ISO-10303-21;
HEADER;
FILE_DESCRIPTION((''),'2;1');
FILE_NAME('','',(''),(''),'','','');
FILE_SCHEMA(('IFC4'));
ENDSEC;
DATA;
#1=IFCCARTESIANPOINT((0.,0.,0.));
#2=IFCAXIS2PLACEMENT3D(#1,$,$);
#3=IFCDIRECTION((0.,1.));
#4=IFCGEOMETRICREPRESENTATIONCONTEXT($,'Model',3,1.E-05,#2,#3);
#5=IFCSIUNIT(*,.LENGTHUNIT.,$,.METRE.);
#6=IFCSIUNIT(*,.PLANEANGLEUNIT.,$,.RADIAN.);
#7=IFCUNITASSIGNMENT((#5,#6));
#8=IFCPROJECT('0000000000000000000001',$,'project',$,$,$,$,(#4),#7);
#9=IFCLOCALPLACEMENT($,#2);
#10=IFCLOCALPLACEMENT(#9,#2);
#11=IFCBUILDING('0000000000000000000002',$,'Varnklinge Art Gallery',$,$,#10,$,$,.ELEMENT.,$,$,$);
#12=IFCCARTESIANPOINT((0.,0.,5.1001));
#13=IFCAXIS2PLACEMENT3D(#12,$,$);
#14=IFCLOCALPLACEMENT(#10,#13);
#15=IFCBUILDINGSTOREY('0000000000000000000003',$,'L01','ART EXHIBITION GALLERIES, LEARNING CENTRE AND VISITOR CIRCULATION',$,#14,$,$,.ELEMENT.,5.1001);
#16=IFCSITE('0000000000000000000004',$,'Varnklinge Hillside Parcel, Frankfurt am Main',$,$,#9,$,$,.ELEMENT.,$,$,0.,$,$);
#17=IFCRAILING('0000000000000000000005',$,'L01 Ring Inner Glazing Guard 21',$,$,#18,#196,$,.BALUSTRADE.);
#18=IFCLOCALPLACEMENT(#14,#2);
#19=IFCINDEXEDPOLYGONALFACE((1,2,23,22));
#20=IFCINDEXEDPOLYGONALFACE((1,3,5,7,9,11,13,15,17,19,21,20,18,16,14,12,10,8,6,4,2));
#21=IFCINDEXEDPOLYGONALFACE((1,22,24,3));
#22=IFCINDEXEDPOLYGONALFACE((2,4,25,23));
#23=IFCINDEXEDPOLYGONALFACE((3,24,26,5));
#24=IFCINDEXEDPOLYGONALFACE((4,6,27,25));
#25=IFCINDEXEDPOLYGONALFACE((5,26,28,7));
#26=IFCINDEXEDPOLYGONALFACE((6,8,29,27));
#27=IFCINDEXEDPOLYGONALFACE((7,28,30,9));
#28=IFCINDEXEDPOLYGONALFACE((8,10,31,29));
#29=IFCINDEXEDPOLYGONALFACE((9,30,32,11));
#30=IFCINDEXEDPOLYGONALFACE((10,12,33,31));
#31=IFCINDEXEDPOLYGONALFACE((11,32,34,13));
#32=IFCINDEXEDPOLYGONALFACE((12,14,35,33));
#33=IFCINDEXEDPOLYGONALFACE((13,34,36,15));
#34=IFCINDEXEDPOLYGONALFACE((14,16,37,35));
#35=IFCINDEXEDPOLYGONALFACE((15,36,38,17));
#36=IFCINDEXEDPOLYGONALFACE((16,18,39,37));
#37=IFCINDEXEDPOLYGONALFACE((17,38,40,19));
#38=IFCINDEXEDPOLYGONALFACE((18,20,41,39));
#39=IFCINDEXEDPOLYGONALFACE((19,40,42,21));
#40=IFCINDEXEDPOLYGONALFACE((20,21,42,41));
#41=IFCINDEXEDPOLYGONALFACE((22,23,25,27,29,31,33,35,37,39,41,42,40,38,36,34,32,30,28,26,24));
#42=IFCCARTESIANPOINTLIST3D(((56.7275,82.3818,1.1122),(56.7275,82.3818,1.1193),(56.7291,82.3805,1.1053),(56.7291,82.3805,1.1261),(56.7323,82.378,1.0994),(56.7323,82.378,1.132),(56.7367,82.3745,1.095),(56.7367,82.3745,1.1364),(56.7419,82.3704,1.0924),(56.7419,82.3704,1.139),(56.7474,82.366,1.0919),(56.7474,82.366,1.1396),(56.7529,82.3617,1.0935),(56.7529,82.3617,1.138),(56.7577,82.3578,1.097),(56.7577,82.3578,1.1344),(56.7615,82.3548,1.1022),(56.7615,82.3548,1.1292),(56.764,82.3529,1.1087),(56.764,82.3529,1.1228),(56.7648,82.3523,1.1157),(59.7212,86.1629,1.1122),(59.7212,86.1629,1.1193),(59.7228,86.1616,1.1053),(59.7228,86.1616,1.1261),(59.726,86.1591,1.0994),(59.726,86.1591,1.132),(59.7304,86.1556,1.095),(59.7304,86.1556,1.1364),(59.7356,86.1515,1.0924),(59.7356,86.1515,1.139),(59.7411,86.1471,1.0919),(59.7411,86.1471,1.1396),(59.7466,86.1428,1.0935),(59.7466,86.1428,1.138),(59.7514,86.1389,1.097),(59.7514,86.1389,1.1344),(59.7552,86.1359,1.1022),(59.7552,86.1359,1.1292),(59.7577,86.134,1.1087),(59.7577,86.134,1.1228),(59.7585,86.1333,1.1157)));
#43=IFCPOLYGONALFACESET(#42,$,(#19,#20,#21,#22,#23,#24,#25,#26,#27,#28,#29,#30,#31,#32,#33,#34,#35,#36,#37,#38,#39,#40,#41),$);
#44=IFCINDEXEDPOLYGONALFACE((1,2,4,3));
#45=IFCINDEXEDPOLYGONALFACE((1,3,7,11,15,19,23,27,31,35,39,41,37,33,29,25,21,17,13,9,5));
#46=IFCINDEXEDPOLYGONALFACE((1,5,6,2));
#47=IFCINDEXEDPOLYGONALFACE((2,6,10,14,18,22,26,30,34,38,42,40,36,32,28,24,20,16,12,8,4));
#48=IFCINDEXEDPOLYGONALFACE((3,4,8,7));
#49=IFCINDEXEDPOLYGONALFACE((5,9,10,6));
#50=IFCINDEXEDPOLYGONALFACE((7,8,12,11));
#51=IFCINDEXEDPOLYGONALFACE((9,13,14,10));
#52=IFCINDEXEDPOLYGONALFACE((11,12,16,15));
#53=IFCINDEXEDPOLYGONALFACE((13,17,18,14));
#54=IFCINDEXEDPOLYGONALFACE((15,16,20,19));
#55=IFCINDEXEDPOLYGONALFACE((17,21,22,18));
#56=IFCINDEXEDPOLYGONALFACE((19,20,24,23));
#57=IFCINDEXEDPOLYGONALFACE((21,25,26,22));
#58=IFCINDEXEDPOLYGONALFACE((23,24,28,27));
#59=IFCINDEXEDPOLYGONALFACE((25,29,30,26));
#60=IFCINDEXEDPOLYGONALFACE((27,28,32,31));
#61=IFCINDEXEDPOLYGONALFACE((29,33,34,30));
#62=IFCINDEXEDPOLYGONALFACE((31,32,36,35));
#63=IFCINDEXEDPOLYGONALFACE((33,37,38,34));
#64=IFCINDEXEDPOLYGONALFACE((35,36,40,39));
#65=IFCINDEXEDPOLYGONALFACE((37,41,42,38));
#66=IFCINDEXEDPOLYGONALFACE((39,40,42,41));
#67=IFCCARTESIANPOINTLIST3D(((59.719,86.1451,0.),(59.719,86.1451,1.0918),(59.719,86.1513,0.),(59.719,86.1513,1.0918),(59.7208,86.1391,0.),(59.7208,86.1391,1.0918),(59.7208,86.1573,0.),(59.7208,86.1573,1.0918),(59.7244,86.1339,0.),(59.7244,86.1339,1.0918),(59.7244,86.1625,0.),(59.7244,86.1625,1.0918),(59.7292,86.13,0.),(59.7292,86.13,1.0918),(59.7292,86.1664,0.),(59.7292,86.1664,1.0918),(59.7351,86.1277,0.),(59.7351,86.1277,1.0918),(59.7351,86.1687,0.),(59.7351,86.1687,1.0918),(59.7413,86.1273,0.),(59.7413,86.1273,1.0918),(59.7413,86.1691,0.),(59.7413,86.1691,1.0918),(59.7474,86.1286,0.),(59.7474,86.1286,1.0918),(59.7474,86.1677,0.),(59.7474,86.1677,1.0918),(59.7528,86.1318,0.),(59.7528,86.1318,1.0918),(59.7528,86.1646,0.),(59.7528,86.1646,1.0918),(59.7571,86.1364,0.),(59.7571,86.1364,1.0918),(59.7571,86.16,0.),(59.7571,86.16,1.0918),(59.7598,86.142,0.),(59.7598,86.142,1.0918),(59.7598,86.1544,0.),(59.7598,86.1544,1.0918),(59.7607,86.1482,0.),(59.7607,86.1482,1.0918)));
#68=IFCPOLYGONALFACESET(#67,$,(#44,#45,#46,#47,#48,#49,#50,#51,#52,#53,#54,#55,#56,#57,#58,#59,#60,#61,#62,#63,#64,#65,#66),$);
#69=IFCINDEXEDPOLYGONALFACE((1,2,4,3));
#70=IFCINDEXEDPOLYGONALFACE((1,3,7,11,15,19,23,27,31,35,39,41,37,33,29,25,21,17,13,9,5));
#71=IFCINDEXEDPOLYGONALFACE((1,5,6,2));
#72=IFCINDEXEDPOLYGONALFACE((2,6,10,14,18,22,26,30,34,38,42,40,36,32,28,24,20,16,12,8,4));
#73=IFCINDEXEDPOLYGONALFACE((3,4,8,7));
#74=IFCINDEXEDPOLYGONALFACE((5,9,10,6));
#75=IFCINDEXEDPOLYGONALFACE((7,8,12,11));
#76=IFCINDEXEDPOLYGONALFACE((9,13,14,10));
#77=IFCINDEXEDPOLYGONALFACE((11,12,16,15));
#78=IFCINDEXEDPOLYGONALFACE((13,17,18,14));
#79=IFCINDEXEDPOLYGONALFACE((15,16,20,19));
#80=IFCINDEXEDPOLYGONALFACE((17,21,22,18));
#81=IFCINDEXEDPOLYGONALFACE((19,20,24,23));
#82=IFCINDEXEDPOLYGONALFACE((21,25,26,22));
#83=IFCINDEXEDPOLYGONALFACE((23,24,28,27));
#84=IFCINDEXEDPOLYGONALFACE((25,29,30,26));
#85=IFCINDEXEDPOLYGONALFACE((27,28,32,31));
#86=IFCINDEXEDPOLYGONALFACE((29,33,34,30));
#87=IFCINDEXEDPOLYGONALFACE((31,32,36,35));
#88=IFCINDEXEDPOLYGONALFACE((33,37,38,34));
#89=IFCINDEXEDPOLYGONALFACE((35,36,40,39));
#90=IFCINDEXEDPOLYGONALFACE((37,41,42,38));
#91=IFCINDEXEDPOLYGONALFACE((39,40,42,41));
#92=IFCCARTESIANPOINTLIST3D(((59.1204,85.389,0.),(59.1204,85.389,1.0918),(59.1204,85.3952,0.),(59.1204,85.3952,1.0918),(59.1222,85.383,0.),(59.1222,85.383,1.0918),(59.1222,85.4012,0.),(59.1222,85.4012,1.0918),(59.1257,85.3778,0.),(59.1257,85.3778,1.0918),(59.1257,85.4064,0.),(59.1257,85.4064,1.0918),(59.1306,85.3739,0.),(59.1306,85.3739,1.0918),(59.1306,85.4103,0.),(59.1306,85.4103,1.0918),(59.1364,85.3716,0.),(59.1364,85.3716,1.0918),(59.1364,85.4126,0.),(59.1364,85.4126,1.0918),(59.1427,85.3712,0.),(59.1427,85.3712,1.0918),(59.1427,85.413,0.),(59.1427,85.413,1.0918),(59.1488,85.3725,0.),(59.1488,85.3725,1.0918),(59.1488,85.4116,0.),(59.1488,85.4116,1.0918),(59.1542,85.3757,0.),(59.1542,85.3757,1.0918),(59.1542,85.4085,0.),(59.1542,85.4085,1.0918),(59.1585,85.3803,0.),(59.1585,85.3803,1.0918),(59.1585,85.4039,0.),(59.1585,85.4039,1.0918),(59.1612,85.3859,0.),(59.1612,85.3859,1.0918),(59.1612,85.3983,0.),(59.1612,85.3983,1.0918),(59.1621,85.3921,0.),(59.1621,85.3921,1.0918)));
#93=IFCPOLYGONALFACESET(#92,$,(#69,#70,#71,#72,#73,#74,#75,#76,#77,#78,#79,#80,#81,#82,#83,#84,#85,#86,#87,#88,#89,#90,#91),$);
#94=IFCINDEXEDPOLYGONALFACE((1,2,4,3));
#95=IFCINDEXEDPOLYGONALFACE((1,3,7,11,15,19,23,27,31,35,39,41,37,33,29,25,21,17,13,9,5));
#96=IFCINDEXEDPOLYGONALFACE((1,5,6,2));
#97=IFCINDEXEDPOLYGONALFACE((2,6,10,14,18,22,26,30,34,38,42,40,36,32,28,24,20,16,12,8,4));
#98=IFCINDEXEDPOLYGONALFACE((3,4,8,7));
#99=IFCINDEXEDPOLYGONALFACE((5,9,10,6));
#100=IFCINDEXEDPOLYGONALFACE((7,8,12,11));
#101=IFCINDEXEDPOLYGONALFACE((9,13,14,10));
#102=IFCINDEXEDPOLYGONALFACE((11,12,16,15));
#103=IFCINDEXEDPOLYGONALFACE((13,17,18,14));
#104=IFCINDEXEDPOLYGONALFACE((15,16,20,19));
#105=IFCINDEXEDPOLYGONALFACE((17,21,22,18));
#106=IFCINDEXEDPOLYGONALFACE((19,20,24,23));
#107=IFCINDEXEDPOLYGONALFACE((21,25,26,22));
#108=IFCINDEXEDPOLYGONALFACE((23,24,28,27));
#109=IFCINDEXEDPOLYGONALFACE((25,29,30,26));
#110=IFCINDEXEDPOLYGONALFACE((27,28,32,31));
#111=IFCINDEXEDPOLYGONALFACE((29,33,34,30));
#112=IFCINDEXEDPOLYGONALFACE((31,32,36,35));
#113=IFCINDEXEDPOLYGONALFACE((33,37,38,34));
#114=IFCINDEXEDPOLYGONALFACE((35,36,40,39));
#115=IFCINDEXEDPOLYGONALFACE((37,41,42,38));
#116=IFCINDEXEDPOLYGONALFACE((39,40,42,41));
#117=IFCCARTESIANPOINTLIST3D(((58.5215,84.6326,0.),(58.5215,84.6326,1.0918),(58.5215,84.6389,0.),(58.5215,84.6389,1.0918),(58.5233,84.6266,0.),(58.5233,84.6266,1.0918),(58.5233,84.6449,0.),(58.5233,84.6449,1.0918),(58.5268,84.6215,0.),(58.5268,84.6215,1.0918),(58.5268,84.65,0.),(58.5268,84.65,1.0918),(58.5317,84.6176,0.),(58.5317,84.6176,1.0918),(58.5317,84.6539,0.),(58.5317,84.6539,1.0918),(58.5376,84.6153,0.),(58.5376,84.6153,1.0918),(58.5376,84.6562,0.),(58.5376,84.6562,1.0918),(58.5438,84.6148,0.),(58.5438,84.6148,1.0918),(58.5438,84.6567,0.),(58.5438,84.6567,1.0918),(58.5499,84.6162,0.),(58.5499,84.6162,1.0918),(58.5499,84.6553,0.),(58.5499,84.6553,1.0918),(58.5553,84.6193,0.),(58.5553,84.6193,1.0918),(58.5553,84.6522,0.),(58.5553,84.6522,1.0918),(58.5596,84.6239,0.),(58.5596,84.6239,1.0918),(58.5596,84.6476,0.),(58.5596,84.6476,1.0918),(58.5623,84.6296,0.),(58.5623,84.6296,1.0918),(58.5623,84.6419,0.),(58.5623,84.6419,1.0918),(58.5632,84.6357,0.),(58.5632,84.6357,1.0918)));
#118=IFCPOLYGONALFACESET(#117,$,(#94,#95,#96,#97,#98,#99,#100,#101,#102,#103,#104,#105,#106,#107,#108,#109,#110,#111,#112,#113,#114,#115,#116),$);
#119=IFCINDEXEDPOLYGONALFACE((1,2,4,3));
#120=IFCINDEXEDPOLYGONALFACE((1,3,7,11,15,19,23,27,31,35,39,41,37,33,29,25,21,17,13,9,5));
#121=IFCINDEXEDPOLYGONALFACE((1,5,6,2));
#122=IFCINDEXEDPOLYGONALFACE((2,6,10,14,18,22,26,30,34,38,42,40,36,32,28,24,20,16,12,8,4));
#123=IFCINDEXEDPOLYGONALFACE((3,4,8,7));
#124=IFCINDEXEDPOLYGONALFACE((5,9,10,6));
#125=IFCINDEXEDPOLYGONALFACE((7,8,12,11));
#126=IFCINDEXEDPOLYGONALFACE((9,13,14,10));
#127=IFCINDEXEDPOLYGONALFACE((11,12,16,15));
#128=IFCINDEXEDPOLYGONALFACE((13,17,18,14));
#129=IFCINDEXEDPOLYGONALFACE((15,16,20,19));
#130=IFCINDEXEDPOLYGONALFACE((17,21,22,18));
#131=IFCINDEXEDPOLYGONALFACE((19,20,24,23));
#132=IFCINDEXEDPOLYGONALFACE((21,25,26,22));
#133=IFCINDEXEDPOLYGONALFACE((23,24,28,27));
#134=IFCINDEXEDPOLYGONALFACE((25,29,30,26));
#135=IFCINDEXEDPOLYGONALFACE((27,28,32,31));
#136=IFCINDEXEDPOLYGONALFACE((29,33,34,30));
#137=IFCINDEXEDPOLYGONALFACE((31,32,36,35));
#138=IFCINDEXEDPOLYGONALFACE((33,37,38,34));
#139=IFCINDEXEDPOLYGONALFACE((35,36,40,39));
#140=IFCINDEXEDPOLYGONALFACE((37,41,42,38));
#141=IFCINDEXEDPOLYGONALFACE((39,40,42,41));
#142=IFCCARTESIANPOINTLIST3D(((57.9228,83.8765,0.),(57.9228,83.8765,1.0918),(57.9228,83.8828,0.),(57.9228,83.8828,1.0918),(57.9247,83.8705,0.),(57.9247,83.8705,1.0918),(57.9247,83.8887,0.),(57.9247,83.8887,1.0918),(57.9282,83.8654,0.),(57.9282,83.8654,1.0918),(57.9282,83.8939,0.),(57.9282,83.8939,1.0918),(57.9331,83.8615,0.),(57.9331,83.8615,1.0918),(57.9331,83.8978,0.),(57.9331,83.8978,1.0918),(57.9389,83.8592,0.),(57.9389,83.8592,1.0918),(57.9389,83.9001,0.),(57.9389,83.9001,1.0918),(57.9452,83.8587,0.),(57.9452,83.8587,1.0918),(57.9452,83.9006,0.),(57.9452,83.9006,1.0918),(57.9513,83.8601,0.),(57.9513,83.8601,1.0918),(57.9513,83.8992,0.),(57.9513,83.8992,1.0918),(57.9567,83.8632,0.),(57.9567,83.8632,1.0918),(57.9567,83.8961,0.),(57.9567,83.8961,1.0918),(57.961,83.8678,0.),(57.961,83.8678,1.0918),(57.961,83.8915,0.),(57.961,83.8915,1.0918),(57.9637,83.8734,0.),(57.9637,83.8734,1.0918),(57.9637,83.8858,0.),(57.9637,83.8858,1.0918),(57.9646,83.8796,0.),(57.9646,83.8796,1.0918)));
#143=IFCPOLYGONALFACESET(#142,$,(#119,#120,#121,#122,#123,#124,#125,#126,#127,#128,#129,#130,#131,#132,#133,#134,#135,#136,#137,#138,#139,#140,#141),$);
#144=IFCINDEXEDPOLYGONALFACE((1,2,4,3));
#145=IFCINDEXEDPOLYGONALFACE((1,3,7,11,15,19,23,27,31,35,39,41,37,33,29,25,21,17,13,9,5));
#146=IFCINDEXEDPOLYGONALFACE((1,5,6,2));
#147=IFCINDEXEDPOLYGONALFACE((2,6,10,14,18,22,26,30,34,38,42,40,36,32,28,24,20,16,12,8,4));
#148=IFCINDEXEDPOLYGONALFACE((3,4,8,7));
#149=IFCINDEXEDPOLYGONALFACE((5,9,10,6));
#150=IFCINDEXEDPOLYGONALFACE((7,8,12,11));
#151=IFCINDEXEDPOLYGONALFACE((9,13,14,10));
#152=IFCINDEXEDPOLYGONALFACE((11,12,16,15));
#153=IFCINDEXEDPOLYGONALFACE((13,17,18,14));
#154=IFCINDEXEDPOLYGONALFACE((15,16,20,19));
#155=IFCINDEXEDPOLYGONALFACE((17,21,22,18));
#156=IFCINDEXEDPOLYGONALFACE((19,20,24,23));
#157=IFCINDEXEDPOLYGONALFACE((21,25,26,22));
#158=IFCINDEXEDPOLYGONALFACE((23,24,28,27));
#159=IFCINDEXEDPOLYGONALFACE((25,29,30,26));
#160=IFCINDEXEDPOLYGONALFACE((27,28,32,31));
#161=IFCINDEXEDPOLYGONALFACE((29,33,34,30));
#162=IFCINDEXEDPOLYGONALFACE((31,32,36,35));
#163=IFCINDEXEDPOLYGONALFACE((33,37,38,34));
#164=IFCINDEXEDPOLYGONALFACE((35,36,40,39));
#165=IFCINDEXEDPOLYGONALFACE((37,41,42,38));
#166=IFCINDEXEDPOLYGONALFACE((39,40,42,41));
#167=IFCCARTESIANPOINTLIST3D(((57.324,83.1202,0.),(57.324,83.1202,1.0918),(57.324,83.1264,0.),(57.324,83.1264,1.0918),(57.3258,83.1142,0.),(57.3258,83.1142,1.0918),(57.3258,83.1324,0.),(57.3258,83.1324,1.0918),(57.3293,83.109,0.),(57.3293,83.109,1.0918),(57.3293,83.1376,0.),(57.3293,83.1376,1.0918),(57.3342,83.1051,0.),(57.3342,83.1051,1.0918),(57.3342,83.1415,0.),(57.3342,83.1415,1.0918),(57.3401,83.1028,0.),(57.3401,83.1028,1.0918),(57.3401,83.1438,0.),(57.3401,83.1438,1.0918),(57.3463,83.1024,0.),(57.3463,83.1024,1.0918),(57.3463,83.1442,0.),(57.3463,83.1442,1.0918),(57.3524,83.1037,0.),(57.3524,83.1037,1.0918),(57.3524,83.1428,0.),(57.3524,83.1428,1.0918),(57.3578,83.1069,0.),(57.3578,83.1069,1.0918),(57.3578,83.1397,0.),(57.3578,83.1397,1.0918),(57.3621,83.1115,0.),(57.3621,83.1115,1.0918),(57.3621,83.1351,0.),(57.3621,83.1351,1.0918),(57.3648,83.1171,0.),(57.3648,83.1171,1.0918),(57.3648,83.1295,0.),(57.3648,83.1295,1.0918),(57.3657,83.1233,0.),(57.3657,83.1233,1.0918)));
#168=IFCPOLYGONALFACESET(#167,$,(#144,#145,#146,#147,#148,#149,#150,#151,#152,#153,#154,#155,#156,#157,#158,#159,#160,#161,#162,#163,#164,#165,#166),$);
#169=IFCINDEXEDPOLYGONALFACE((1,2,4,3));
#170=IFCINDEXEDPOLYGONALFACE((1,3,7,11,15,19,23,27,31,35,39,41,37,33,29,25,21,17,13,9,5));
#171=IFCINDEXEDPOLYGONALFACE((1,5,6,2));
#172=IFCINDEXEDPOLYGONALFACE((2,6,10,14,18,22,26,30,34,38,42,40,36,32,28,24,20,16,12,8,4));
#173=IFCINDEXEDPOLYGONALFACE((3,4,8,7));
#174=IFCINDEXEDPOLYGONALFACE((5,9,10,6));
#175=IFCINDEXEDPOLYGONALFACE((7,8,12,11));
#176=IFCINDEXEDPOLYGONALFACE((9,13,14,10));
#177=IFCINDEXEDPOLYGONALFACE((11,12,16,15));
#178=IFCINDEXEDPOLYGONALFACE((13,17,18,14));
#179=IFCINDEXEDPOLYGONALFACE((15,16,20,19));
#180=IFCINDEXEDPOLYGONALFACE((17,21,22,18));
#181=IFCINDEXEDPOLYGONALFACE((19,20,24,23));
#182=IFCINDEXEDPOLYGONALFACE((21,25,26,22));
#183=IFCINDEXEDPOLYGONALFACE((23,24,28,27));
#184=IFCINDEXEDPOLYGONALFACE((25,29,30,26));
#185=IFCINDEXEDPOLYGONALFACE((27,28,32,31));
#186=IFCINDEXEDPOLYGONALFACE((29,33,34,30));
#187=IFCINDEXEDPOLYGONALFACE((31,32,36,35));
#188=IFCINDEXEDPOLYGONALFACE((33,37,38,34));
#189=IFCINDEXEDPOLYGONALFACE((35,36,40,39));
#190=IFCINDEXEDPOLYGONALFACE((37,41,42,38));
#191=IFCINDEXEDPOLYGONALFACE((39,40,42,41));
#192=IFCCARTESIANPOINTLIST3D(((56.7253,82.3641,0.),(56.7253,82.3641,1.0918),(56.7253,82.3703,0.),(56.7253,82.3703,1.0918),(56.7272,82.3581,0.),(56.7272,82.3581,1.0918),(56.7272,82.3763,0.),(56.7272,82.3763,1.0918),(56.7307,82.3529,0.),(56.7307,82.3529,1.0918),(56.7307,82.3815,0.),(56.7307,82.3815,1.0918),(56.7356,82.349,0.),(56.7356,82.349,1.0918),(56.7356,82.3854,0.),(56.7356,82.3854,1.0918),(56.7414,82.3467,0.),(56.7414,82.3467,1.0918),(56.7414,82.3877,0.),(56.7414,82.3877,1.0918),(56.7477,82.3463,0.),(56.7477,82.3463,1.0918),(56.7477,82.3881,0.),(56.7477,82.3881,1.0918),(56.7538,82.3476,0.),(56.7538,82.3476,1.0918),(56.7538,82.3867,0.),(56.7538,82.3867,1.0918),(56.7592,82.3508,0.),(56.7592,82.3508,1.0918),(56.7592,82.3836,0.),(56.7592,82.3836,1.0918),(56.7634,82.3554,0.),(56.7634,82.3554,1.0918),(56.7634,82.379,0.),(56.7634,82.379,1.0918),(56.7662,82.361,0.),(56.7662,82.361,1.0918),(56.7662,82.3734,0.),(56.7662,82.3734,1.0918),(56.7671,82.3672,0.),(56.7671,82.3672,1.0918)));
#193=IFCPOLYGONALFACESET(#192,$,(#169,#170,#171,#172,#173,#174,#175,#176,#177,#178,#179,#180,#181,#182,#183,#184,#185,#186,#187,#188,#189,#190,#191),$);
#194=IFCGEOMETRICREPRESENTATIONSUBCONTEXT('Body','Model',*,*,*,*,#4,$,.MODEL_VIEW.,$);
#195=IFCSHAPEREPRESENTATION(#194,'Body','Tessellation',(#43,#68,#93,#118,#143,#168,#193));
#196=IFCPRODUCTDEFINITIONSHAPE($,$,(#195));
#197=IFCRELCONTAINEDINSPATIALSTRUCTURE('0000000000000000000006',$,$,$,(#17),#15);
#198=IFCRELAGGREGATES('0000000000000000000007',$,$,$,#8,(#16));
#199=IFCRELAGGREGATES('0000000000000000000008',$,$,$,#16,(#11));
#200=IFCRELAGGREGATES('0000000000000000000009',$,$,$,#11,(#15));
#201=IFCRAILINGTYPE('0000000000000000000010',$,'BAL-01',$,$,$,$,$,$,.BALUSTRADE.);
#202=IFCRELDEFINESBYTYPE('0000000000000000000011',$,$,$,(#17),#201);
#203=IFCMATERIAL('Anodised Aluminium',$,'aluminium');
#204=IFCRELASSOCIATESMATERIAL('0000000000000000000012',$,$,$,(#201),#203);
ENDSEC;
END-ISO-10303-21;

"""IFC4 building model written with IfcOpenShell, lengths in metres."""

from ifc_helpers import new_model, si_unit, direction, frame, origin, origin_2d, place, context, subcontext, project, spatial, circle, extrude, material, type_object, element, save


model = new_model("IFC4")

# Units and contexts
model_context = context("Model", 3, precision=1e-05, world=origin(), true_north=direction((0.0, 1.0)))
body_context = subcontext(model_context, "Body", "Model", "MODEL_VIEW")
ifc_project = project(units=[si_unit("LENGTHUNIT", "METRE"), si_unit("PLANEANGLEUNIT", "RADIAN")], contexts=[model_context])

# Site, building, storey
site_placement = place(None, origin())
site = spatial("IfcSite", under=ifc_project, at=site_placement, Name="Varnklinge Hillside Parcel, Frankfurt am Main", CompositionType="ELEMENT", RefElevation=0.0)
building_placement = place(site_placement, origin())
building = spatial("IfcBuilding", under=site, at=building_placement, Name="Varnklinge Art Gallery", CompositionType="ELEMENT")
storey_placement = place(building_placement, frame((0.0, 0.0, 5.1001)))
storey = spatial("IfcBuildingStorey", under=building, at=storey_placement, Name="L01", Description="ART EXHIBITION GALLERIES, LEARNING CENTRE AND VISITOR CIRCULATION", CompositionType="ELEMENT", Elevation=5.1001)

# Railing
ifc_material_1 = material(Name="Anodised Aluminium", Category="aluminium")
railing_type = type_object("IfcRailingType", Name="BAL-01", PredefinedType="BALUSTRADE", material=ifc_material_1)
railing_placement = place(storey_placement, frame((59.7397, 86.1482, 0.0)))
element("IfcRailing", 1, at=railing_placement, inside=storey, type_object=railing_type, Name="L01 Ring Inner Glazing Guard 21", PredefinedType="BALUSTRADE", context=body_context, shape_type="SweptSolid", body=[
    extrude(circle(Radius=0.0239, at=origin_2d()), frame((0.0, 0.0, 1.1157), z_axis=(-0.620748, -0.78401, 0.0), x_axis=(0.78401, -0.620748, 0.0)), (0.0, 0.0, 1.0), 4.8228),
    extrude(circle(Radius=0.021, at=origin_2d()), origin(), (0.0, 0.0, 1.0), 1.0918),
    extrude(circle(Radius=0.021, at=origin_2d()), frame((-0.5986, -0.7561, 0.0)), (0.0, 0.0, 1.0), 1.0918),
    extrude(circle(Radius=0.021, at=origin_2d()), frame((-1.1975, -1.5125, 0.0)), (0.0, 0.0, 1.0), 1.0918),
    extrude(circle(Radius=0.021, at=origin_2d()), frame((-1.7961, -2.2686, 0.0)), (0.0, 0.0, 1.0), 1.0918),
    extrude(circle(Radius=0.021, at=origin_2d()), frame((-2.395, -3.0249, 0.0)), (0.0, 0.0, 1.0), 1.0918),
    extrude(circle(Radius=0.021, at=origin_2d()), frame((-2.9937, -3.781, 0.0)), (0.0, 0.0, 1.0), 1.0918),
])

save(model, "model.ifc")
